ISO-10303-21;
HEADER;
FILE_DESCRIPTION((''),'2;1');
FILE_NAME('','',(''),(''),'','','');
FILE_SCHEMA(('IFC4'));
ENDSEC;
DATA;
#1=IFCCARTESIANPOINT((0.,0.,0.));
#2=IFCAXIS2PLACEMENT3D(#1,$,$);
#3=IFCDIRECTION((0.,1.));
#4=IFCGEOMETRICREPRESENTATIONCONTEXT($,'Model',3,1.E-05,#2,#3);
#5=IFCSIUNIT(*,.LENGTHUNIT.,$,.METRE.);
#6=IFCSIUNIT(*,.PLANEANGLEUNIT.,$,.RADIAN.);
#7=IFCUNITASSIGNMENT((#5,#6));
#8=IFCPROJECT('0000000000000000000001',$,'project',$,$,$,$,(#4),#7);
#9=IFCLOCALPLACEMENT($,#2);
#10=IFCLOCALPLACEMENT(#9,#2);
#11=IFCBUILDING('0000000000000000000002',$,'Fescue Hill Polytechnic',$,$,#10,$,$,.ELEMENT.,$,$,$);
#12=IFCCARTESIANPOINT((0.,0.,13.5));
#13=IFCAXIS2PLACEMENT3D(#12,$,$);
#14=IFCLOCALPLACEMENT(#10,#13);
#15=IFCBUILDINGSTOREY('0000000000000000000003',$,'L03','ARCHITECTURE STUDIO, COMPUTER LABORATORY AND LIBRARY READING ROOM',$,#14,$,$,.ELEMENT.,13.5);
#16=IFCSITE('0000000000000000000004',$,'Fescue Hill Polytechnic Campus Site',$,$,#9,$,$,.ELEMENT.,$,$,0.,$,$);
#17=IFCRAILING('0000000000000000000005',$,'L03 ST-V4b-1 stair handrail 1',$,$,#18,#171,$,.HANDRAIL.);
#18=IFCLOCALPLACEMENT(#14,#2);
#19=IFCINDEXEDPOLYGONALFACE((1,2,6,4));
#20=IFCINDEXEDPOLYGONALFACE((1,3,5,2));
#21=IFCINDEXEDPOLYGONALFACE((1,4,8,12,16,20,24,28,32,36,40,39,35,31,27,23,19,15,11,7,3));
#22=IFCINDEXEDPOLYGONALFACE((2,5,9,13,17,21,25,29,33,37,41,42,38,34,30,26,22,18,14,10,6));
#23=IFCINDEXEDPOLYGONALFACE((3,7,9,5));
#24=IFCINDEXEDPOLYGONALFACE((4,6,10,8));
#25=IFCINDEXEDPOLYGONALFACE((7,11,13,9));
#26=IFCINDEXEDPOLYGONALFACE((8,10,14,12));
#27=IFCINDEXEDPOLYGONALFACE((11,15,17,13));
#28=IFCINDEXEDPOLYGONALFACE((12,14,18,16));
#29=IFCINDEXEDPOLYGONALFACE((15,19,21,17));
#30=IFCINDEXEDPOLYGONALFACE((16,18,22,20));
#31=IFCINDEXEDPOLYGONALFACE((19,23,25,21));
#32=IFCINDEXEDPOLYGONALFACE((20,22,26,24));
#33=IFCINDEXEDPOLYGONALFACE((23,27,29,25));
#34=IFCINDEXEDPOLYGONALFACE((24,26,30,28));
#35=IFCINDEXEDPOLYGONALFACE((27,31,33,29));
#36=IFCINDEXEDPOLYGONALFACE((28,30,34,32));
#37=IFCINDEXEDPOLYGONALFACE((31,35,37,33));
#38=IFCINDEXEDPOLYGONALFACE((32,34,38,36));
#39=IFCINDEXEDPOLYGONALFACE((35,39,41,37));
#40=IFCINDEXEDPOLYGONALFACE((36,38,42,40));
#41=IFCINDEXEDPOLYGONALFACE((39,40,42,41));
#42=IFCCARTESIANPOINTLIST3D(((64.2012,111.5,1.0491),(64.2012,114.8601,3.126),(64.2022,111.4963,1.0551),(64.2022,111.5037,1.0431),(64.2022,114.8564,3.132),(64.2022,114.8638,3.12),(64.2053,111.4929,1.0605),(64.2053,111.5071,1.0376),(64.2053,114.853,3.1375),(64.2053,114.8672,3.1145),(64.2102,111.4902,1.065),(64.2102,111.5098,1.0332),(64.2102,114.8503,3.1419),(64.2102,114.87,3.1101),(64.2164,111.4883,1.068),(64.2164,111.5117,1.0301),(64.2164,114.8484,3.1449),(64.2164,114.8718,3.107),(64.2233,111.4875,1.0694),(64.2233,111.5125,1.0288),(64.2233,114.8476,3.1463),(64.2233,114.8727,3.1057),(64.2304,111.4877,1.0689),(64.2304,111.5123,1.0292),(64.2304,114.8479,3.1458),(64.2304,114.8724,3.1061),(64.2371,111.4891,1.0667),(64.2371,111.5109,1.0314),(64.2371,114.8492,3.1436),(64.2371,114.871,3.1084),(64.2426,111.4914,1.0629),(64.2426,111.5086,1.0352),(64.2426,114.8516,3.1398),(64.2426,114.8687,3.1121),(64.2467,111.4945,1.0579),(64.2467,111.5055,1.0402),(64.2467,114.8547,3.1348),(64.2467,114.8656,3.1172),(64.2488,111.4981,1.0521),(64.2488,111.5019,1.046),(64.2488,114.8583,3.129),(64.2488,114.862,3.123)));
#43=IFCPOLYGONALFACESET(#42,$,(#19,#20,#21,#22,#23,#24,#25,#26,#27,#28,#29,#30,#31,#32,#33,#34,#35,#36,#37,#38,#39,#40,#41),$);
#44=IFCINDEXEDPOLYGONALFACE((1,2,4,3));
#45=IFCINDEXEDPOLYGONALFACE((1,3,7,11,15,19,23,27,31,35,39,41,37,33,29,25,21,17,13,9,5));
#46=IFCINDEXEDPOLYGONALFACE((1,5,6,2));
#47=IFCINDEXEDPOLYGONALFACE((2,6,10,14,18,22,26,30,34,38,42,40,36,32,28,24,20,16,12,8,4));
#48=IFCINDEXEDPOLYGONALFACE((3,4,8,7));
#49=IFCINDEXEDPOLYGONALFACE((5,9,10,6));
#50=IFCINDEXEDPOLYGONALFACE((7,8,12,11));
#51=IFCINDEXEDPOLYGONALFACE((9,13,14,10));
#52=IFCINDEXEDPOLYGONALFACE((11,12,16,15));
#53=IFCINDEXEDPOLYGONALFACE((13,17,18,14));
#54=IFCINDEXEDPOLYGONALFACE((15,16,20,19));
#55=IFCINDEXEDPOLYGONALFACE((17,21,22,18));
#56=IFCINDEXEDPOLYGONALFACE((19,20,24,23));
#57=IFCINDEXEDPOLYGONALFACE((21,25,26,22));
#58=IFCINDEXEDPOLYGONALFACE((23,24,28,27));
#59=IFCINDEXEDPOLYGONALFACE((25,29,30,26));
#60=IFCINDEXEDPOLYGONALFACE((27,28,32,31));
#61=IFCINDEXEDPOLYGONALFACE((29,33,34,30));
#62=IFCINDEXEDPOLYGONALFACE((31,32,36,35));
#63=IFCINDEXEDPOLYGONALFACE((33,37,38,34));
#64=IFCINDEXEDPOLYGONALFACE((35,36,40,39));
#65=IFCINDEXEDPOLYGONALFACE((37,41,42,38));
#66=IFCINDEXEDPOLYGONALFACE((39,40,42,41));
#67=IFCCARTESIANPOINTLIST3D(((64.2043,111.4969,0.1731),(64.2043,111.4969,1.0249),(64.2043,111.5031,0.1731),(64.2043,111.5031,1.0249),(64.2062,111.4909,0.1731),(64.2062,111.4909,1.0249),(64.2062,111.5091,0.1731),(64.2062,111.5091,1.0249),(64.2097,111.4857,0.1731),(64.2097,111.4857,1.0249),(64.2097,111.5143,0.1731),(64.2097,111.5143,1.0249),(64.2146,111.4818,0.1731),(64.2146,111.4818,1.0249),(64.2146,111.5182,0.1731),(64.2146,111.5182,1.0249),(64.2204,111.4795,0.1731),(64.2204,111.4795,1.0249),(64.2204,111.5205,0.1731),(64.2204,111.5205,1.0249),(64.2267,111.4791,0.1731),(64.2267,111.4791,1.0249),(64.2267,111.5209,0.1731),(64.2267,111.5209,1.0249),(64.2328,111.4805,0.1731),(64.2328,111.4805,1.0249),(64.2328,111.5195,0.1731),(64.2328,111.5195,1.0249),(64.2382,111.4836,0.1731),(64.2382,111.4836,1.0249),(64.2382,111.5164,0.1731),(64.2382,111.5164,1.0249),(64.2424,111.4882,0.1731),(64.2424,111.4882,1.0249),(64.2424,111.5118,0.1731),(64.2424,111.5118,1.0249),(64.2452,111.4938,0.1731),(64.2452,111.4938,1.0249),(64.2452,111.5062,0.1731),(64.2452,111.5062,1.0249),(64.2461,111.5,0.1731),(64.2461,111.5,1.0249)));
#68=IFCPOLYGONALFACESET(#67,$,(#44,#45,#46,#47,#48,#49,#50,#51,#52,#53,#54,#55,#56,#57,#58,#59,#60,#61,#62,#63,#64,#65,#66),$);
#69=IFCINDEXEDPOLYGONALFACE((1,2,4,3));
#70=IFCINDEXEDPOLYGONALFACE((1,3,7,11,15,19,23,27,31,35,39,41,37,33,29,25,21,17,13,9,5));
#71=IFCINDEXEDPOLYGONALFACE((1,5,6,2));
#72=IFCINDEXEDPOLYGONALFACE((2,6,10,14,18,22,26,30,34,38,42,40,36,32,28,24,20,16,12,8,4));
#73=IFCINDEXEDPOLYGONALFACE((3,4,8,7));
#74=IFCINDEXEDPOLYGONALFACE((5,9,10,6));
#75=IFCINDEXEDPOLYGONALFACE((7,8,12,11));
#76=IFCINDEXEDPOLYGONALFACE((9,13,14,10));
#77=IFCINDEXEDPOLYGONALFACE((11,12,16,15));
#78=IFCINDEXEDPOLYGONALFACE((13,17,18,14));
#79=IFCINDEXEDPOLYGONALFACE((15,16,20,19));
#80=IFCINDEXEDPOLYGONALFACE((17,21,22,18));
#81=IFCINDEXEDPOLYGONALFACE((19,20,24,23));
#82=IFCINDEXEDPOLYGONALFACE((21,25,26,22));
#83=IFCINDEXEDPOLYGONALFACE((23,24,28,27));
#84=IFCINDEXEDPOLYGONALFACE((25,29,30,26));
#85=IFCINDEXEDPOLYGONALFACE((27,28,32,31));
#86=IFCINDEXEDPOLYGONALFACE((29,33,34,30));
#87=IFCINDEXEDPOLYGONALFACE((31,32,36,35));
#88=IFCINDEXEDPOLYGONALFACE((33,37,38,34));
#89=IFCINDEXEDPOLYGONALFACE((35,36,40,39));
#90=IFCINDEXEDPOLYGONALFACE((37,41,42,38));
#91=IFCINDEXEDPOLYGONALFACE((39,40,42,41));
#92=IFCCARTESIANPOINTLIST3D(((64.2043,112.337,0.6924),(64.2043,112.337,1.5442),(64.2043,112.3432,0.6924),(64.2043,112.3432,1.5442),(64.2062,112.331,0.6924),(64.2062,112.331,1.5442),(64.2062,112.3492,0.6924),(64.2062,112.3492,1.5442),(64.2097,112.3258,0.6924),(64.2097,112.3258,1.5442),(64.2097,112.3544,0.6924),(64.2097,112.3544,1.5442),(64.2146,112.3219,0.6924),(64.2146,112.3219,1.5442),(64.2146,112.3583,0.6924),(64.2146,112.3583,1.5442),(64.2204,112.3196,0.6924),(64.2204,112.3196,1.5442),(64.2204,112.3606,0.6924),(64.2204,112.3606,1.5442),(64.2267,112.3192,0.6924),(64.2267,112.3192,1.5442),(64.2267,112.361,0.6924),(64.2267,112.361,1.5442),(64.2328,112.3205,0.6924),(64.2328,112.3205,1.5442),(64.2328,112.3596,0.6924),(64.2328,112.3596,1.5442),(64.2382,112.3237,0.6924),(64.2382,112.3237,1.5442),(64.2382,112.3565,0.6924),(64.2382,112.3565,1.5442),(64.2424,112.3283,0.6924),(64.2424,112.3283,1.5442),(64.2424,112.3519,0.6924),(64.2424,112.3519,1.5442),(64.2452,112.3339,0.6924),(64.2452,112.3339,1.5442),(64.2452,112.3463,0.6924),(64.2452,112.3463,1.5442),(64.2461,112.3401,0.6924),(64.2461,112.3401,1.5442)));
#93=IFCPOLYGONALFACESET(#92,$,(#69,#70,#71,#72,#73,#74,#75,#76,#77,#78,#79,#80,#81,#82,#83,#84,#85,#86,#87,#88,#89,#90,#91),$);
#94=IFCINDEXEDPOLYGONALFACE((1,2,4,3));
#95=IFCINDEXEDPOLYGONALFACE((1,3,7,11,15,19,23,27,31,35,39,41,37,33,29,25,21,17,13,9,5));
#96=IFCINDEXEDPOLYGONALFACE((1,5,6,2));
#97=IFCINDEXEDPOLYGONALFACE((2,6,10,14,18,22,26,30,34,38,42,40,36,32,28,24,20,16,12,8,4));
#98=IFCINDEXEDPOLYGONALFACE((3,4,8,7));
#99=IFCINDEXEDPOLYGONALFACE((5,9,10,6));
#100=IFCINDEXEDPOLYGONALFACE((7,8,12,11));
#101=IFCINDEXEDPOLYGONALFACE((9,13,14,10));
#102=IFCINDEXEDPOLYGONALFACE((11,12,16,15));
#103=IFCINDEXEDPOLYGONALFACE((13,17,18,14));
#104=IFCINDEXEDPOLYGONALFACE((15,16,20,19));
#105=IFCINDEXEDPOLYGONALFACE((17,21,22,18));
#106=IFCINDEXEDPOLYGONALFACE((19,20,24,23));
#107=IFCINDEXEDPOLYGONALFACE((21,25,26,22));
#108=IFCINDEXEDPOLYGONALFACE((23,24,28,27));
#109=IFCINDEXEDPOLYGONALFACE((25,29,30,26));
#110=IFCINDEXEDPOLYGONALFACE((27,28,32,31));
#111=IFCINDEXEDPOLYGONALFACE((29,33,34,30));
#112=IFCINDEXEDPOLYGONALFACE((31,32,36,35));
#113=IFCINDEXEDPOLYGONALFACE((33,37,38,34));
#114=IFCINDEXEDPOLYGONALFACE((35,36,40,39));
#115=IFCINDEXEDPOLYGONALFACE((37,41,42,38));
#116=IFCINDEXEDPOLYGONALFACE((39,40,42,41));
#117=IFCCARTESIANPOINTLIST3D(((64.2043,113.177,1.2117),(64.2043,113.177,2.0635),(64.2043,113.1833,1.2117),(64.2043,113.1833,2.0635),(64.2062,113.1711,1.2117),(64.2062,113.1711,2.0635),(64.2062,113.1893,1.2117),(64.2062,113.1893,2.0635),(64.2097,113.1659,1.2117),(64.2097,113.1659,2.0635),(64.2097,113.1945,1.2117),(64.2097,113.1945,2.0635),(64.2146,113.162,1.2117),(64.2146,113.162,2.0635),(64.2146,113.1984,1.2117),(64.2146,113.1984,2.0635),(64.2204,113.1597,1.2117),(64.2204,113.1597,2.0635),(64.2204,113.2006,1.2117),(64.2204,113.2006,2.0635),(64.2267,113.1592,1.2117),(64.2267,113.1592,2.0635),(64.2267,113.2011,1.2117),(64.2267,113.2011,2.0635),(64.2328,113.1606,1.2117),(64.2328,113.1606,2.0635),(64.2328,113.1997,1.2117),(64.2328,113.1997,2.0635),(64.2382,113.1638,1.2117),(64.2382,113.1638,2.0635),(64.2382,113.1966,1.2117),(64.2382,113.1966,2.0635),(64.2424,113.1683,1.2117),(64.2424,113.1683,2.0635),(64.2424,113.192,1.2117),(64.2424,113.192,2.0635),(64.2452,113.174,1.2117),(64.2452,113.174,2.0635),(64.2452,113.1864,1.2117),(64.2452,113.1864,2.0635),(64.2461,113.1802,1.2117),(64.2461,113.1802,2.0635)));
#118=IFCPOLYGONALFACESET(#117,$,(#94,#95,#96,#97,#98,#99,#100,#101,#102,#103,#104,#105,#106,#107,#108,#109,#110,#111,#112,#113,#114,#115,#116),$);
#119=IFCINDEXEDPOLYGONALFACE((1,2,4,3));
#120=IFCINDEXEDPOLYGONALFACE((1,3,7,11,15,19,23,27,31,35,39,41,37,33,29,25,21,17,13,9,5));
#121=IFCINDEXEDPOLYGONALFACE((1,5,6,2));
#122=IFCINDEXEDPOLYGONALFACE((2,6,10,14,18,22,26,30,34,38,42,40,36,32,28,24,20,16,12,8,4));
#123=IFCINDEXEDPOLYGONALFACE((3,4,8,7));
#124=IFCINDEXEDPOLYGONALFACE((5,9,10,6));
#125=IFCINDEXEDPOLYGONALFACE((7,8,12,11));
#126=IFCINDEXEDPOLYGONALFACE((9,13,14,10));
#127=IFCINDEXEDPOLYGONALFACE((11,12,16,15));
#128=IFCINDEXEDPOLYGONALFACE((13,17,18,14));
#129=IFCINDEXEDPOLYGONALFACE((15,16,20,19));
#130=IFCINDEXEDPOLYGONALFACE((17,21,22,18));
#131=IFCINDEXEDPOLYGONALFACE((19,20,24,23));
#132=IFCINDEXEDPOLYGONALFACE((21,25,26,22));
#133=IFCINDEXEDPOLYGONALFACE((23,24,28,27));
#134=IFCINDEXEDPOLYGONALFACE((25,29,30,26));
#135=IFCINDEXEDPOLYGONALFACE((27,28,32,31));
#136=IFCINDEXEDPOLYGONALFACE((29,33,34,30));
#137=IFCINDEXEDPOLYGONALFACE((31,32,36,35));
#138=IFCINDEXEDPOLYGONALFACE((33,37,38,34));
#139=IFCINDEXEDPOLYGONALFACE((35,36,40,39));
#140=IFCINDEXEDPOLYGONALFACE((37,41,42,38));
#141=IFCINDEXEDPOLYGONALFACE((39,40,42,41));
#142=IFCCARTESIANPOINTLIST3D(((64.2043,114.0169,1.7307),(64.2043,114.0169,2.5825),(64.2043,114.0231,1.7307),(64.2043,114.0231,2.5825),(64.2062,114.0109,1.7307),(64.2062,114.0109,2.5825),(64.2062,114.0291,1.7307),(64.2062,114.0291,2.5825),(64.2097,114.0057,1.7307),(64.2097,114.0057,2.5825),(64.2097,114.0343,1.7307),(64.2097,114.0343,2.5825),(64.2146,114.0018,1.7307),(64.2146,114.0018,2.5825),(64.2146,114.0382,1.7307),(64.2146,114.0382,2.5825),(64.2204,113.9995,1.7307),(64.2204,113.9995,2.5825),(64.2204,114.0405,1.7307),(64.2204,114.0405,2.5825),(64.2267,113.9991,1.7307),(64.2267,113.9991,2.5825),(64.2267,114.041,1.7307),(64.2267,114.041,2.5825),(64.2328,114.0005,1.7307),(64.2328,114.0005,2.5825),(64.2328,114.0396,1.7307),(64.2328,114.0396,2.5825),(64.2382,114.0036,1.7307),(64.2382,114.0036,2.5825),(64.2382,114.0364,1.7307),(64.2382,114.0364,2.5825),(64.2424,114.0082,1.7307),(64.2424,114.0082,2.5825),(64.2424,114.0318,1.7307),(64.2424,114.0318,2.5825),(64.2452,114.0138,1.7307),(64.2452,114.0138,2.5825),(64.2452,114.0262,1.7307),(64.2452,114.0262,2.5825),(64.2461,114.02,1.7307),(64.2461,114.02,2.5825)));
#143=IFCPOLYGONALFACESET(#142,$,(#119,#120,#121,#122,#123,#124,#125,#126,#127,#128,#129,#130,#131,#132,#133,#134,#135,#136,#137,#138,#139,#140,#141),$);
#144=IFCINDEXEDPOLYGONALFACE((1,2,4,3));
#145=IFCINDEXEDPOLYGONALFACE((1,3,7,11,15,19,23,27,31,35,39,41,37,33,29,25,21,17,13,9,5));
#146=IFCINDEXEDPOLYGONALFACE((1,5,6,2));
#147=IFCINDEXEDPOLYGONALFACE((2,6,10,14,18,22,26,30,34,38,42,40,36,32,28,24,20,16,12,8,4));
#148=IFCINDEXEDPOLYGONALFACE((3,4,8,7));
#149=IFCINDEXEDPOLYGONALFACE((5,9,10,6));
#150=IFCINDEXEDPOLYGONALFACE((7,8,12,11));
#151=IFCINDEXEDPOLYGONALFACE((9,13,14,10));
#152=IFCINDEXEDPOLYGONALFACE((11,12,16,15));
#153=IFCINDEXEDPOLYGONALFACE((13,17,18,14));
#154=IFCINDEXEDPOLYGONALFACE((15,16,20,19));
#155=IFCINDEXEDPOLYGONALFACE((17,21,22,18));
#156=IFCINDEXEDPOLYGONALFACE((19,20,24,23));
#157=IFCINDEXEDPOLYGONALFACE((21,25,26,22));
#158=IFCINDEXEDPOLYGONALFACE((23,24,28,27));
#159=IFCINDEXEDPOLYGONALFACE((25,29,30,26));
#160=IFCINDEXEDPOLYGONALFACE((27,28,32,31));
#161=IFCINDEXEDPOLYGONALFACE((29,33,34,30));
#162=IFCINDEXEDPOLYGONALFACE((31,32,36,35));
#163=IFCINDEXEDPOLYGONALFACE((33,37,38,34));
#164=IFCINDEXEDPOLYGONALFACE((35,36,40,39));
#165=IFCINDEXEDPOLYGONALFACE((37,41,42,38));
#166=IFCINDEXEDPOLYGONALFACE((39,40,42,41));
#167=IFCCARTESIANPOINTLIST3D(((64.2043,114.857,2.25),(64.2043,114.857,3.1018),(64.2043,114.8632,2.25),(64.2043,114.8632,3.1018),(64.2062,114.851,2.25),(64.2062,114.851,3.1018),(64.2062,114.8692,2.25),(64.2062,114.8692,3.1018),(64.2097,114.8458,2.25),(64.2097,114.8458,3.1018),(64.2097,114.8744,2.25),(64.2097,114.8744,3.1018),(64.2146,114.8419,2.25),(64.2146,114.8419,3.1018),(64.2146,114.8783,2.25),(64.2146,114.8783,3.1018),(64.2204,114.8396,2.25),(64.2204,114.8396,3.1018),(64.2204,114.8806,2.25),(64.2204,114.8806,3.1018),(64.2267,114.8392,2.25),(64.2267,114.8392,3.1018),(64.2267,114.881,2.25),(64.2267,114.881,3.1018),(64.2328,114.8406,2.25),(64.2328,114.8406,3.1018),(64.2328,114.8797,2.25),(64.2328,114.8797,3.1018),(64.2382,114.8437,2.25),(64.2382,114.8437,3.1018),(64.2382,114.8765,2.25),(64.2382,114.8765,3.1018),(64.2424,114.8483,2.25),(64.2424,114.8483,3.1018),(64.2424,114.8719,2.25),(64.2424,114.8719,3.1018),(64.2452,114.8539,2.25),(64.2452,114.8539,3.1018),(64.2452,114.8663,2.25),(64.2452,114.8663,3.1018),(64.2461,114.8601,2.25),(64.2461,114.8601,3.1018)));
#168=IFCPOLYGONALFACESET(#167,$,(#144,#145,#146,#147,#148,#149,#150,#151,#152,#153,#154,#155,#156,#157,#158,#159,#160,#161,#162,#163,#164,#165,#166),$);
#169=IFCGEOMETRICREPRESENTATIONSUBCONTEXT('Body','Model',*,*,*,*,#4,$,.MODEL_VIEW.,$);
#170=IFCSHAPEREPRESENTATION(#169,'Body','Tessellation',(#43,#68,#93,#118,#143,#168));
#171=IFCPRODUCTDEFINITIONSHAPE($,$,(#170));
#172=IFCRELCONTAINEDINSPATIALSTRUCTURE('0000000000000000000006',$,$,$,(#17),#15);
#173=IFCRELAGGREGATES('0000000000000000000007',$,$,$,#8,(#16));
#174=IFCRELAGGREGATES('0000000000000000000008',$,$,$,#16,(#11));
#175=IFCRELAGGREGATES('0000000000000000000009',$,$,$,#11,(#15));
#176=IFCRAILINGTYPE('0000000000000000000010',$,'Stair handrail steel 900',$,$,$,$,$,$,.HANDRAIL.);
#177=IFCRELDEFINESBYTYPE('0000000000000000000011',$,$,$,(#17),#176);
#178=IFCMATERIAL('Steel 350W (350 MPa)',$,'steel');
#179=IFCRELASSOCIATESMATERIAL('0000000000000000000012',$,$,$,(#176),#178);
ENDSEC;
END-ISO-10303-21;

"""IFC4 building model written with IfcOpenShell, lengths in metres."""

from ifc_helpers import new_model, si_unit, direction, frame, origin, origin_2d, place, context, subcontext, project, spatial, circle, extrude, material, type_object, element, save


model = new_model("IFC4")

# Units and contexts
model_context = context("Model", 3, precision=1e-05, world=origin(), true_north=direction((0.0, 1.0)))
body_context = subcontext(model_context, "Body", "Model", "MODEL_VIEW")
ifc_project = project(units=[si_unit("LENGTHUNIT", "METRE"), si_unit("PLANEANGLEUNIT", "RADIAN")], contexts=[model_context])

# Site, building, storey
site_placement = place(None, origin())
site = spatial("IfcSite", under=ifc_project, at=site_placement, Name="Fescue Hill Polytechnic Campus Site", CompositionType="ELEMENT", RefElevation=0.0)
building_placement = place(site_placement, origin())
building = spatial("IfcBuilding", under=site, at=building_placement, Name="Fescue Hill Polytechnic", CompositionType="ELEMENT")
storey_placement = place(building_placement, frame((0.0, 0.0, 13.5)))
storey = spatial("IfcBuildingStorey", under=building, at=storey_placement, Name="L03", Description="ARCHITECTURE STUDIO, COMPUTER LABORATORY AND LIBRARY READING ROOM", CompositionType="ELEMENT", Elevation=13.5)

# Railing
ifc_material_1 = material(Name="Steel 350W (350 MPa)", Category="steel")
railing_type_1 = type_object("IfcRailingType", Name="Stair handrail steel 900", PredefinedType="HANDRAIL", material=ifc_material_1)
railing_1_placement = place(storey_placement, frame((64.2251, 111.5, 0.1731)))
element("IfcRailing", 1, at=railing_1_placement, inside=storey, type_object=railing_type_1, Name="L03 ST-V4b-1 stair handrail 1", PredefinedType="HANDRAIL", context=body_context, shape_type="SweptSolid", body=[
    extrude(circle(Radius=0.0239, at=origin_2d()), frame((0.0, 0.0, 0.876), z_axis=(0.0, 0.850623, 0.525776), x_axis=(-1.0, 0.0, 0.0)), (0.0, 0.0, 1.0), 3.9502),
    extrude(circle(Radius=0.021, at=origin_2d()), origin(), (0.0, 0.0, 1.0), 0.8518),
    extrude(circle(Radius=0.021, at=origin_2d()), frame((0.0, 0.8401, 0.5193)), (0.0, 0.0, 1.0), 0.8518),
    extrude(circle(Radius=0.021, at=origin_2d()), frame((0.0, 1.6802, 1.0386)), (0.0, 0.0, 1.0), 0.8518),
    extrude(circle(Radius=0.021, at=origin_2d()), frame((0.0, 2.52, 1.5576)), (0.0, 0.0, 1.0), 0.8518),
    extrude(circle(Radius=0.021, at=origin_2d()), frame((0.0, 3.3601, 2.0769)), (0.0, 0.0, 1.0), 0.8518),
])

save(model, "model.ifc")
